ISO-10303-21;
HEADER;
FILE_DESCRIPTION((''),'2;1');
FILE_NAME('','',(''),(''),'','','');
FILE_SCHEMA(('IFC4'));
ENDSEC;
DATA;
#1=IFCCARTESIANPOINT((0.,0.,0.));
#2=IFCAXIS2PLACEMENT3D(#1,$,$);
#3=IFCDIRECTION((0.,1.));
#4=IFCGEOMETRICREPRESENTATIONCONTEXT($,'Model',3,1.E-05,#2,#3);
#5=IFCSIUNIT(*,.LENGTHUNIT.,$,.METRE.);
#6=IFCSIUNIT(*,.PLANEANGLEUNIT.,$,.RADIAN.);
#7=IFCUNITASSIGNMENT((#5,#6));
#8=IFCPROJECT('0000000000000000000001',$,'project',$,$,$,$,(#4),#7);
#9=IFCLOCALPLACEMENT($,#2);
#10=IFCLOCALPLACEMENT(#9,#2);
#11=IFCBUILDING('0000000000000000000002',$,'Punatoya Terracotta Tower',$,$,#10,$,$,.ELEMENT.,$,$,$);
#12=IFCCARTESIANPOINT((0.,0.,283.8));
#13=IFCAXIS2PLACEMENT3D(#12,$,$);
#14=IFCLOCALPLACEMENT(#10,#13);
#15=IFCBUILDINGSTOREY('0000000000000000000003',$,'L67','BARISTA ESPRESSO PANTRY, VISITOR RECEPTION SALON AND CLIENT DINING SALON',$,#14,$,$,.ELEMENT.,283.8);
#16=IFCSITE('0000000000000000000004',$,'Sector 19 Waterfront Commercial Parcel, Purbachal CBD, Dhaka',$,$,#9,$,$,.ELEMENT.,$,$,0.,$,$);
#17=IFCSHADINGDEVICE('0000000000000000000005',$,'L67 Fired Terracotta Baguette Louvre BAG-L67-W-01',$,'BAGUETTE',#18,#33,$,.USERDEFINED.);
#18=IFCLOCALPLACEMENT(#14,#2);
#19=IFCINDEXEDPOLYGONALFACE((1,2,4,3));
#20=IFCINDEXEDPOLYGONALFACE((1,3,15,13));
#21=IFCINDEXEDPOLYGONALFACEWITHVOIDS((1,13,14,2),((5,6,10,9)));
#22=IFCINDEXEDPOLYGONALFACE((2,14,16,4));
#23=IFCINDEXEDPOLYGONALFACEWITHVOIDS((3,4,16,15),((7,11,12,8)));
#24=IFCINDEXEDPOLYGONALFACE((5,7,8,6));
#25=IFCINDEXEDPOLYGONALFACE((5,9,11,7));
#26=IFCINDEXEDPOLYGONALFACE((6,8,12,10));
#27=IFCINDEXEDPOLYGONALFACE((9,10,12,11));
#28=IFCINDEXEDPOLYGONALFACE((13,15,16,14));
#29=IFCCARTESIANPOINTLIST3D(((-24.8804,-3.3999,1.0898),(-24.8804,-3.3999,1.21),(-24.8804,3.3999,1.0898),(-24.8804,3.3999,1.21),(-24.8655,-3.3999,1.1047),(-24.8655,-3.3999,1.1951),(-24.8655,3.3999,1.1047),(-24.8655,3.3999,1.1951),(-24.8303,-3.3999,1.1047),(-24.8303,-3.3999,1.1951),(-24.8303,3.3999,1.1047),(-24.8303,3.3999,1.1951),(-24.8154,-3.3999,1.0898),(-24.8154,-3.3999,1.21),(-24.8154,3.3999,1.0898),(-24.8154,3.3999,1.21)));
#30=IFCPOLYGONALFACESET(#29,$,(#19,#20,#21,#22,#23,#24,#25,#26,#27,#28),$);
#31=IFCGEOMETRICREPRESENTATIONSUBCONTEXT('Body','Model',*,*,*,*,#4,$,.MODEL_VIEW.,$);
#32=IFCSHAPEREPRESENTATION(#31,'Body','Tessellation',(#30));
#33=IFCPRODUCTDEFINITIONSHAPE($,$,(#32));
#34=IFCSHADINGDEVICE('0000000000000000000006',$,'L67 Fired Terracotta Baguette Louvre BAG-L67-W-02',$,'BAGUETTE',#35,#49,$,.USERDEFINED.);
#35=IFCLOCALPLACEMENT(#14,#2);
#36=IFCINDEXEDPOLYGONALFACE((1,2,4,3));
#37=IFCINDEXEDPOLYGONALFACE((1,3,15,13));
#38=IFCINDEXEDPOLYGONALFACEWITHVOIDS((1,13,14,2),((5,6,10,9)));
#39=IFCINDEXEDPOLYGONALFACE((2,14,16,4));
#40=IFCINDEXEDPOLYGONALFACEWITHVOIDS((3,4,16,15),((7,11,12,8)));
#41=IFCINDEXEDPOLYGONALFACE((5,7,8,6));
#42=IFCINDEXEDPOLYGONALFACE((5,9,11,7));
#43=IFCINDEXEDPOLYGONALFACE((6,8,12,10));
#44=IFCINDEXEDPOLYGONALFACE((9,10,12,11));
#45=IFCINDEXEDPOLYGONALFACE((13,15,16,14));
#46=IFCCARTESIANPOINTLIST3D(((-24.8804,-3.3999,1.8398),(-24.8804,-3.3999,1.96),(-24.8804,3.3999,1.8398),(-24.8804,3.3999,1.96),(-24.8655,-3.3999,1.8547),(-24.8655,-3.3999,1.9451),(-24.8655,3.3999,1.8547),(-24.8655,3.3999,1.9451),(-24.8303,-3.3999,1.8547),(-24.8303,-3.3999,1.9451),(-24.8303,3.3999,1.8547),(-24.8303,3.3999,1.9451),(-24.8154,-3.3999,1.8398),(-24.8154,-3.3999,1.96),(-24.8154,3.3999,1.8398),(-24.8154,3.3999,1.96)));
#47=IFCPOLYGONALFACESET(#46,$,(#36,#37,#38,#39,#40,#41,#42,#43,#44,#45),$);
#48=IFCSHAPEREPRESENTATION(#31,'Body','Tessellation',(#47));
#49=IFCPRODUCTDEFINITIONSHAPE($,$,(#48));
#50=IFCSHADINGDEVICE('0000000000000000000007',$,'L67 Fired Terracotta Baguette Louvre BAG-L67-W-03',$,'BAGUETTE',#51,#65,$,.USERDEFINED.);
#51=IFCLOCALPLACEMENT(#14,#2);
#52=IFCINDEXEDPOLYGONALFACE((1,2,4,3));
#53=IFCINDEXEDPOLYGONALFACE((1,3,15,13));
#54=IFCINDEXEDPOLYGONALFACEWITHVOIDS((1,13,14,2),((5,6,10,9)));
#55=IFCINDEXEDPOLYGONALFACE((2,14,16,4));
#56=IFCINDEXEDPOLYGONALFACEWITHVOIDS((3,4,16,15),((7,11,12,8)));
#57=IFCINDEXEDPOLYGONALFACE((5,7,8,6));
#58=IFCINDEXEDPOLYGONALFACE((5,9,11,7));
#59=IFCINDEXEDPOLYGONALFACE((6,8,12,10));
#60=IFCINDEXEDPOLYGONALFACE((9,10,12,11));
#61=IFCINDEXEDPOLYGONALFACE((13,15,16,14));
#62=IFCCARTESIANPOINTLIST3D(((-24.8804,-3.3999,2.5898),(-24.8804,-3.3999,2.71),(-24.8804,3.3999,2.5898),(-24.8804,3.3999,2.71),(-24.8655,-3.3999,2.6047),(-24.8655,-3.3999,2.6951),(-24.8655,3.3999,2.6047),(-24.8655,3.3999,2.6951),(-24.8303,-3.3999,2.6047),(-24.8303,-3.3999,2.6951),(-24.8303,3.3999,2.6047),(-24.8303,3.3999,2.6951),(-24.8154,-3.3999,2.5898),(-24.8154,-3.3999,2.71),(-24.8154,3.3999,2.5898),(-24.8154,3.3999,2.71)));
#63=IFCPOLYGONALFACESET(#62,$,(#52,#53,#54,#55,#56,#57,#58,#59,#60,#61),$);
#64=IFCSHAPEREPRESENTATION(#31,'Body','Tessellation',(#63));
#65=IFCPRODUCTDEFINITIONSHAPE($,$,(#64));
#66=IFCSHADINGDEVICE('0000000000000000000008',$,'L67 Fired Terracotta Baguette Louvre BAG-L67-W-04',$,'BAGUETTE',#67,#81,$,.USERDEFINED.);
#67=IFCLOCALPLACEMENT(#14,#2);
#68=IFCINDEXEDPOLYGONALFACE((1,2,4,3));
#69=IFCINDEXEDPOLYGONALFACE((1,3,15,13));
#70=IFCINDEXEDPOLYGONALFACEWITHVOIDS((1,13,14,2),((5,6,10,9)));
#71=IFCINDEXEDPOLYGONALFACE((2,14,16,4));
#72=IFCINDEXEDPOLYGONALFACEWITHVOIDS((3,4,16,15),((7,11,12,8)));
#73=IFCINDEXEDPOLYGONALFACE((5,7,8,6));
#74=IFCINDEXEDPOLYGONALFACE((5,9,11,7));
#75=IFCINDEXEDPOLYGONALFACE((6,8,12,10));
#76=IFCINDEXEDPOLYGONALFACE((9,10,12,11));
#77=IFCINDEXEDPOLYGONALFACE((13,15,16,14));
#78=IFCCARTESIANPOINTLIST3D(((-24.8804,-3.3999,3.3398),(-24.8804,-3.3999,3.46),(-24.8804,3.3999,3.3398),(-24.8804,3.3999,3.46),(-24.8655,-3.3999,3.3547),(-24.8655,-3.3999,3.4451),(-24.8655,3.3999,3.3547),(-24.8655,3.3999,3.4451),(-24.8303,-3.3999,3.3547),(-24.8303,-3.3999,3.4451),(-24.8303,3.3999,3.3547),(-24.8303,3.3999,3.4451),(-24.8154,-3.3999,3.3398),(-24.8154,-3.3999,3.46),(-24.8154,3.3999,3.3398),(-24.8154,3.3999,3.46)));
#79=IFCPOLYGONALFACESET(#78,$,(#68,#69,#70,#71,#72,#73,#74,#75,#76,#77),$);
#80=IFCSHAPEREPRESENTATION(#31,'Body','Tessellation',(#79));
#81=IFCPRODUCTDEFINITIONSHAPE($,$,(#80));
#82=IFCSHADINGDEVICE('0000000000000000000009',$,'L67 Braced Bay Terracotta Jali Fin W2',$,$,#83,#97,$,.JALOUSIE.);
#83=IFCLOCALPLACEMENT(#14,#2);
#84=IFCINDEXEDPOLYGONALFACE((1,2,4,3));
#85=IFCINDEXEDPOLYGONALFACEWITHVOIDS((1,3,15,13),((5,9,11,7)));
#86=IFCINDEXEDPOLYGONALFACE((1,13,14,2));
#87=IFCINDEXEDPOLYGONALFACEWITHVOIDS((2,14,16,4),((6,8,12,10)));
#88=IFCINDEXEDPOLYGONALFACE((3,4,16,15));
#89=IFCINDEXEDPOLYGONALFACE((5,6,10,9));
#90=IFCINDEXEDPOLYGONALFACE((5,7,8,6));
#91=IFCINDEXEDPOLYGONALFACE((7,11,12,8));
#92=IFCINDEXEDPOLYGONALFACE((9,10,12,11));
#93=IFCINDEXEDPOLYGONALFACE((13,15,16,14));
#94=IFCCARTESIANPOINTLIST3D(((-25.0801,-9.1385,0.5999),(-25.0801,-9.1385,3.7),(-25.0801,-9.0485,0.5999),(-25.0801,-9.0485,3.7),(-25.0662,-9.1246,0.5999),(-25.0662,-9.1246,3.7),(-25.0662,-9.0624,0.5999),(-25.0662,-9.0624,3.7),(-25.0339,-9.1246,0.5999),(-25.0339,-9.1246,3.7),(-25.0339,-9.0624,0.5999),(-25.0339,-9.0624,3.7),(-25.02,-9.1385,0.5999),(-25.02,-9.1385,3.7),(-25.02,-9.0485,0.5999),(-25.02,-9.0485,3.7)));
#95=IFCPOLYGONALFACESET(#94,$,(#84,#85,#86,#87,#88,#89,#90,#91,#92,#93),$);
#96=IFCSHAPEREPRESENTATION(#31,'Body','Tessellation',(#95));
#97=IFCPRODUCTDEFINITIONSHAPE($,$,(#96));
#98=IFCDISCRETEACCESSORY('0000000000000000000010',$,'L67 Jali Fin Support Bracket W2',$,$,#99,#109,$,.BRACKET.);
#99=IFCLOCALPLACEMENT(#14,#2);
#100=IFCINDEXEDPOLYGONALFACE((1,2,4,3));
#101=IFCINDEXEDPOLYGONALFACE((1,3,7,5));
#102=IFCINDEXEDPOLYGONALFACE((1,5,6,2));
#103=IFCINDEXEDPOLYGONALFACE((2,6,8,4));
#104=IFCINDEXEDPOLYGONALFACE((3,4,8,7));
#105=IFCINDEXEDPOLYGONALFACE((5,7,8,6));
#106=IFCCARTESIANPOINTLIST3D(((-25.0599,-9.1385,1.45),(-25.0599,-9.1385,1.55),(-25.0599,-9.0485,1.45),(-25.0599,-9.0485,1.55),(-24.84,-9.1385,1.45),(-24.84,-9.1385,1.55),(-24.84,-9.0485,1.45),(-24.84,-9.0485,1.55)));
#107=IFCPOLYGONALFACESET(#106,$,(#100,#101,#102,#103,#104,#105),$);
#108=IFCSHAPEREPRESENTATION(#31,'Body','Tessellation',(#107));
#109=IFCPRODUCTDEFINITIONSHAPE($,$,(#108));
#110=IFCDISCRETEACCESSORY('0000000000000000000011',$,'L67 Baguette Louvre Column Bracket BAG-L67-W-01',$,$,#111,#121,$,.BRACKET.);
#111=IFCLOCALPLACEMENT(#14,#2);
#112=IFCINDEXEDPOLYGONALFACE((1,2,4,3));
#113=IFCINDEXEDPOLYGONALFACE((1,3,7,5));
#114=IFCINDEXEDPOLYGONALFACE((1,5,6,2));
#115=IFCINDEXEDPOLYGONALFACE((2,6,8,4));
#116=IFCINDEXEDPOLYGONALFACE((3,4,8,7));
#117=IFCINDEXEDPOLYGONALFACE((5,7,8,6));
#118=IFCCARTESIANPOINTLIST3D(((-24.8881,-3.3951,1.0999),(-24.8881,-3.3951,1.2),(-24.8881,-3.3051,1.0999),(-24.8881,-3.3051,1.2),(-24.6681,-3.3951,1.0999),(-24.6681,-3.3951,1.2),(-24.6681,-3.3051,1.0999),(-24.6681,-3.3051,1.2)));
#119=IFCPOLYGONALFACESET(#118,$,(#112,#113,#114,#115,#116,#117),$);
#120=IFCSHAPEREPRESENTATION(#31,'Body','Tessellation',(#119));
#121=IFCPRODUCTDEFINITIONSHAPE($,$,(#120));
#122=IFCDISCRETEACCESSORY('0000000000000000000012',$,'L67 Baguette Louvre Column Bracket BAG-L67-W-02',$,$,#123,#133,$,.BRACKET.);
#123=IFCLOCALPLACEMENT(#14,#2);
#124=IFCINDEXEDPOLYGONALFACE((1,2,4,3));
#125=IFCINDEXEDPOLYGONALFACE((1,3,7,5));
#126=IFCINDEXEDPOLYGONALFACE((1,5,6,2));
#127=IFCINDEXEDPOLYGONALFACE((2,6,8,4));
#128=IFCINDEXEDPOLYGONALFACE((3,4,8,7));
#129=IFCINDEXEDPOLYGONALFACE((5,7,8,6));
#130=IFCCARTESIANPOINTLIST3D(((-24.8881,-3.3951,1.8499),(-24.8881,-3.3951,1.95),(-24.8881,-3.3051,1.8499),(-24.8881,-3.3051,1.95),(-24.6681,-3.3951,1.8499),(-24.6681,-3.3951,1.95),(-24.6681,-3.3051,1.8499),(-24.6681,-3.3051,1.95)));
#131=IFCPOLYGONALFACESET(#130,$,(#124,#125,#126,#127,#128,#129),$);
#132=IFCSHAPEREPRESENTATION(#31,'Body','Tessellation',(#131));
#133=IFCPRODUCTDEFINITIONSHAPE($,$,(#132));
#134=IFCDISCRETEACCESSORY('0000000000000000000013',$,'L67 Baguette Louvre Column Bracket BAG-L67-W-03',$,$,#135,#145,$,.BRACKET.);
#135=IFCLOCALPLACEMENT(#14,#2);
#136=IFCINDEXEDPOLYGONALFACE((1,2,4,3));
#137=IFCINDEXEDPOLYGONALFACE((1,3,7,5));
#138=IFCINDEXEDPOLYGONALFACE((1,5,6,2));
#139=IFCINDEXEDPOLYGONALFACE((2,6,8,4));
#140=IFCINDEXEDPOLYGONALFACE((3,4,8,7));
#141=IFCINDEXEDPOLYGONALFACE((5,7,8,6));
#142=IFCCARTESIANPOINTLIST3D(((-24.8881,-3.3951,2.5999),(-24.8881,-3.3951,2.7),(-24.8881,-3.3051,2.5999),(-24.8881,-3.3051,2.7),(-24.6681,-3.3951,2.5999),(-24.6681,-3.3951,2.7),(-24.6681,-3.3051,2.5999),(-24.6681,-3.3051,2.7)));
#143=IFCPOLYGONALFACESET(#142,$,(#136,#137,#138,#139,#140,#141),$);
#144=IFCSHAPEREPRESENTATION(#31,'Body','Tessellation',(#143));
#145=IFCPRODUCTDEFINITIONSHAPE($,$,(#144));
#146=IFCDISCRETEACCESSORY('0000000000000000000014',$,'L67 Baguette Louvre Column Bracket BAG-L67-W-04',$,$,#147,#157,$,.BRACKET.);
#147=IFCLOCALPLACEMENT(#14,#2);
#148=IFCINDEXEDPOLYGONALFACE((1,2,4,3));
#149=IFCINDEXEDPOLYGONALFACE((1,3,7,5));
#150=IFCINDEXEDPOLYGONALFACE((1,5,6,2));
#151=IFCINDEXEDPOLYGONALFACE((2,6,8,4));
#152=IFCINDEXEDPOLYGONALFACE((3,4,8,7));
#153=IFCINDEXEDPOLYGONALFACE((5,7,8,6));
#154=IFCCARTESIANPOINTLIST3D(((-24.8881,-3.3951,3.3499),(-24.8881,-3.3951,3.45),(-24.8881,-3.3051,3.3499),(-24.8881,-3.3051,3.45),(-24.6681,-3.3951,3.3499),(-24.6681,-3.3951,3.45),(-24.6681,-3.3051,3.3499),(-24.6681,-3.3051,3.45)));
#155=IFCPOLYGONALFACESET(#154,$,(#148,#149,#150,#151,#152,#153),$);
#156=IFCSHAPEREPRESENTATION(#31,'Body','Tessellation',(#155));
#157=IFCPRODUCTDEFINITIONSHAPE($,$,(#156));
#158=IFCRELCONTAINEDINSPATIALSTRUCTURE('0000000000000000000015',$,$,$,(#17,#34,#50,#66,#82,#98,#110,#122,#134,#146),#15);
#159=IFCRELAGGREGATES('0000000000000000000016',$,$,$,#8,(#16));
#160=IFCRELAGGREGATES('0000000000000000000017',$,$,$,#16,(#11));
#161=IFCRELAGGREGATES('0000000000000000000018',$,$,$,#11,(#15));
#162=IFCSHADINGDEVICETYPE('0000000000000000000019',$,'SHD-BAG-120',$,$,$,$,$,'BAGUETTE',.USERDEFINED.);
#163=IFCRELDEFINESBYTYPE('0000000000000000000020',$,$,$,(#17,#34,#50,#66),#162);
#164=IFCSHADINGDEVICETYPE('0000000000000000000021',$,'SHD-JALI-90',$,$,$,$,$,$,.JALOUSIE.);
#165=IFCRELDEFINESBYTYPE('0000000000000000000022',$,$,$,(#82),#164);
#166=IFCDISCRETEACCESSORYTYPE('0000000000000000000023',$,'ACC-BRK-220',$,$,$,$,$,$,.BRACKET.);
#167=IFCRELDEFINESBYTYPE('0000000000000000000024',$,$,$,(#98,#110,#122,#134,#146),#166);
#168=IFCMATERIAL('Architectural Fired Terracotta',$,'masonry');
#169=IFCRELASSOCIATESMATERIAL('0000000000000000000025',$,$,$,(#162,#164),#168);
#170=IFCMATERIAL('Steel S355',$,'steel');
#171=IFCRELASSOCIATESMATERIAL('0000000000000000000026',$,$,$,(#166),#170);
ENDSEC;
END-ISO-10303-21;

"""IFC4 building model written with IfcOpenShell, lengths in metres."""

from ifc_helpers import new_model, si_unit, direction, frame, origin, origin_2d, place, context, subcontext, project, spatial, rectangle, hollow_rectangle, extrude, material, material_profile, profile_set, type_object, element, save


model = new_model("IFC4")

# Units and contexts
model_context = context("Model", 3, precision=1e-05, world=origin(), true_north=direction((0.0, 1.0)))
body_context = subcontext(model_context, "Body", "Model", "MODEL_VIEW")
ifc_project = project(units=[si_unit("LENGTHUNIT", "METRE"), si_unit("PLANEANGLEUNIT", "RADIAN")], contexts=[model_context])

# Site, building, storey
site_placement = place(None, origin())
site = spatial("IfcSite", under=ifc_project, at=site_placement, Name="Sector 19 Waterfront Commercial Parcel, Purbachal CBD, Dhaka", CompositionType="ELEMENT", RefElevation=0.0)
building_placement = place(site_placement, origin())
building = spatial("IfcBuilding", under=site, at=building_placement, Name="Punatoya Terracotta Tower", CompositionType="ELEMENT")
storey_placement = place(building_placement, frame((0.0, 0.0, 283.8)))
storey = spatial("IfcBuildingStorey", under=building, at=storey_placement, Name="L67", Description="BARISTA ESPRESSO PANTRY, VISITOR RECEPTION SALON AND CLIENT DINING SALON", CompositionType="ELEMENT", Elevation=283.8)

# Shared definitions
ifc_material_1 = material(Name="Steel S355", Category="steel")

# Shading devices
ifc_material_2 = material(Name="Architectural Fired Terracotta", Category="masonry")
ifc_material_profile_1 = material_profile(ifc_material_2, hollow_rectangle(XDim=0.0649, YDim=0.1201, WallThickness=0.0149, at=origin_2d()))
ifc_profile_set_1 = profile_set([ifc_material_profile_1], Name="Architectural Fired Terracotta")
shading_device_type_1 = type_object("IfcShadingDeviceType", Name="SHD-BAG-120", ElementType="BAGUETTE", PredefinedType="USERDEFINED", material=ifc_profile_set_1)
for number, where, z_axis, x_axis, name in (
    (1, (-24.8479, -3.3999, 1.1499), (0.0, 1.0, 0.0), (-1.0, 0.0, 0.0), "L67 Fired Terracotta Baguette Louvre BAG-L67-W-01"),
    (2, (-24.8479, -3.3999, 1.8999), (0.0, 1.0, 0.0), (-1.0, 0.0, 0.0), "L67 Fired Terracotta Baguette Louvre BAG-L67-W-02"),
    (3, (-24.8479, -3.3999, 2.6499), (0.0, 1.0, 0.0), (-1.0, 0.0, 0.0), "L67 Fired Terracotta Baguette Louvre BAG-L67-W-03"),
    (4, (-24.8479, -3.3999, 3.3999), (0.0, 1.0, 0.0), (-1.0, 0.0, 0.0), "L67 Fired Terracotta Baguette Louvre BAG-L67-W-04"),
):
    element("IfcShadingDevice", number, at=place(storey_placement, frame(where, z_axis=z_axis, x_axis=x_axis)), inside=storey, type_object=shading_device_type_1, Name=name, ObjectType="BAGUETTE", PredefinedType="USERDEFINED", context=body_context, shape_type="SweptSolid", body=[
        extrude(hollow_rectangle(XDim=0.0649, YDim=0.1201, WallThickness=0.0149, at=origin_2d()), origin(), (0.0, 0.0, 1.0), 6.7998),
    ])
ifc_material_profile_2 = material_profile(ifc_material_2, hollow_rectangle(XDim=0.0601, YDim=0.0901, WallThickness=0.0139, at=origin_2d()))
ifc_profile_set_2 = profile_set([ifc_material_profile_2], Name="Architectural Fired Terracotta")
shading_device_type_2 = type_object("IfcShadingDeviceType", Name="SHD-JALI-90", PredefinedType="JALOUSIE", material=ifc_profile_set_2)
shading_device_placement = place(storey_placement, frame((-25.05, -9.0935, 0.5999), z_axis=(0.0, 0.0, 1.0), x_axis=(1.0, 0.0, 0.0)))
element("IfcShadingDevice", 5, at=shading_device_placement, inside=storey, type_object=shading_device_type_2, Name="L67 Braced Bay Terracotta Jali Fin W2", PredefinedType="JALOUSIE", context=body_context, shape_type="SweptSolid", body=[
    extrude(hollow_rectangle(XDim=0.0601, YDim=0.0901, WallThickness=0.0139, at=origin_2d()), origin(), (0.0, 0.0, 1.0), 3.1001),
])

# Discrete accessories
discrete_accessory_type = type_object("IfcDiscreteAccessoryType", Name="ACC-BRK-220", PredefinedType="BRACKET", material=ifc_material_1)
for number, where, z_axis, x_axis, name in (
    (6, (-24.95, -9.0935, 1.45), (0.0, 0.0, 1.0), (0.0, -1.0, 0.0), "L67 Jali Fin Support Bracket W2"),
    (7, (-24.7781, -3.3501, 1.0999), (0.0, 0.0, 1.0), (0.0, 1.0, 0.0), "L67 Baguette Louvre Column Bracket BAG-L67-W-01"),
    (8, (-24.7781, -3.3501, 1.8499), (0.0, 0.0, 1.0), (0.0, 1.0, 0.0), "L67 Baguette Louvre Column Bracket BAG-L67-W-02"),
    (9, (-24.7781, -3.3501, 2.5999), (0.0, 0.0, 1.0), (0.0, 1.0, 0.0), "L67 Baguette Louvre Column Bracket BAG-L67-W-03"),
    (10, (-24.7781, -3.3501, 3.3499), (0.0, 0.0, 1.0), (0.0, 1.0, 0.0), "L67 Baguette Louvre Column Bracket BAG-L67-W-04"),
):
    element("IfcDiscreteAccessory", number, at=place(storey_placement, frame(where, z_axis=z_axis, x_axis=x_axis)), inside=storey, type_object=discrete_accessory_type, Name=name, PredefinedType="BRACKET", context=body_context, shape_type="SweptSolid", body=[
        extrude(rectangle(XDim=0.0901, YDim=0.22, at=origin_2d()), origin(), (0.0, 0.0, 1.0), 0.1001),
    ])

save(model, "model.ifc")
